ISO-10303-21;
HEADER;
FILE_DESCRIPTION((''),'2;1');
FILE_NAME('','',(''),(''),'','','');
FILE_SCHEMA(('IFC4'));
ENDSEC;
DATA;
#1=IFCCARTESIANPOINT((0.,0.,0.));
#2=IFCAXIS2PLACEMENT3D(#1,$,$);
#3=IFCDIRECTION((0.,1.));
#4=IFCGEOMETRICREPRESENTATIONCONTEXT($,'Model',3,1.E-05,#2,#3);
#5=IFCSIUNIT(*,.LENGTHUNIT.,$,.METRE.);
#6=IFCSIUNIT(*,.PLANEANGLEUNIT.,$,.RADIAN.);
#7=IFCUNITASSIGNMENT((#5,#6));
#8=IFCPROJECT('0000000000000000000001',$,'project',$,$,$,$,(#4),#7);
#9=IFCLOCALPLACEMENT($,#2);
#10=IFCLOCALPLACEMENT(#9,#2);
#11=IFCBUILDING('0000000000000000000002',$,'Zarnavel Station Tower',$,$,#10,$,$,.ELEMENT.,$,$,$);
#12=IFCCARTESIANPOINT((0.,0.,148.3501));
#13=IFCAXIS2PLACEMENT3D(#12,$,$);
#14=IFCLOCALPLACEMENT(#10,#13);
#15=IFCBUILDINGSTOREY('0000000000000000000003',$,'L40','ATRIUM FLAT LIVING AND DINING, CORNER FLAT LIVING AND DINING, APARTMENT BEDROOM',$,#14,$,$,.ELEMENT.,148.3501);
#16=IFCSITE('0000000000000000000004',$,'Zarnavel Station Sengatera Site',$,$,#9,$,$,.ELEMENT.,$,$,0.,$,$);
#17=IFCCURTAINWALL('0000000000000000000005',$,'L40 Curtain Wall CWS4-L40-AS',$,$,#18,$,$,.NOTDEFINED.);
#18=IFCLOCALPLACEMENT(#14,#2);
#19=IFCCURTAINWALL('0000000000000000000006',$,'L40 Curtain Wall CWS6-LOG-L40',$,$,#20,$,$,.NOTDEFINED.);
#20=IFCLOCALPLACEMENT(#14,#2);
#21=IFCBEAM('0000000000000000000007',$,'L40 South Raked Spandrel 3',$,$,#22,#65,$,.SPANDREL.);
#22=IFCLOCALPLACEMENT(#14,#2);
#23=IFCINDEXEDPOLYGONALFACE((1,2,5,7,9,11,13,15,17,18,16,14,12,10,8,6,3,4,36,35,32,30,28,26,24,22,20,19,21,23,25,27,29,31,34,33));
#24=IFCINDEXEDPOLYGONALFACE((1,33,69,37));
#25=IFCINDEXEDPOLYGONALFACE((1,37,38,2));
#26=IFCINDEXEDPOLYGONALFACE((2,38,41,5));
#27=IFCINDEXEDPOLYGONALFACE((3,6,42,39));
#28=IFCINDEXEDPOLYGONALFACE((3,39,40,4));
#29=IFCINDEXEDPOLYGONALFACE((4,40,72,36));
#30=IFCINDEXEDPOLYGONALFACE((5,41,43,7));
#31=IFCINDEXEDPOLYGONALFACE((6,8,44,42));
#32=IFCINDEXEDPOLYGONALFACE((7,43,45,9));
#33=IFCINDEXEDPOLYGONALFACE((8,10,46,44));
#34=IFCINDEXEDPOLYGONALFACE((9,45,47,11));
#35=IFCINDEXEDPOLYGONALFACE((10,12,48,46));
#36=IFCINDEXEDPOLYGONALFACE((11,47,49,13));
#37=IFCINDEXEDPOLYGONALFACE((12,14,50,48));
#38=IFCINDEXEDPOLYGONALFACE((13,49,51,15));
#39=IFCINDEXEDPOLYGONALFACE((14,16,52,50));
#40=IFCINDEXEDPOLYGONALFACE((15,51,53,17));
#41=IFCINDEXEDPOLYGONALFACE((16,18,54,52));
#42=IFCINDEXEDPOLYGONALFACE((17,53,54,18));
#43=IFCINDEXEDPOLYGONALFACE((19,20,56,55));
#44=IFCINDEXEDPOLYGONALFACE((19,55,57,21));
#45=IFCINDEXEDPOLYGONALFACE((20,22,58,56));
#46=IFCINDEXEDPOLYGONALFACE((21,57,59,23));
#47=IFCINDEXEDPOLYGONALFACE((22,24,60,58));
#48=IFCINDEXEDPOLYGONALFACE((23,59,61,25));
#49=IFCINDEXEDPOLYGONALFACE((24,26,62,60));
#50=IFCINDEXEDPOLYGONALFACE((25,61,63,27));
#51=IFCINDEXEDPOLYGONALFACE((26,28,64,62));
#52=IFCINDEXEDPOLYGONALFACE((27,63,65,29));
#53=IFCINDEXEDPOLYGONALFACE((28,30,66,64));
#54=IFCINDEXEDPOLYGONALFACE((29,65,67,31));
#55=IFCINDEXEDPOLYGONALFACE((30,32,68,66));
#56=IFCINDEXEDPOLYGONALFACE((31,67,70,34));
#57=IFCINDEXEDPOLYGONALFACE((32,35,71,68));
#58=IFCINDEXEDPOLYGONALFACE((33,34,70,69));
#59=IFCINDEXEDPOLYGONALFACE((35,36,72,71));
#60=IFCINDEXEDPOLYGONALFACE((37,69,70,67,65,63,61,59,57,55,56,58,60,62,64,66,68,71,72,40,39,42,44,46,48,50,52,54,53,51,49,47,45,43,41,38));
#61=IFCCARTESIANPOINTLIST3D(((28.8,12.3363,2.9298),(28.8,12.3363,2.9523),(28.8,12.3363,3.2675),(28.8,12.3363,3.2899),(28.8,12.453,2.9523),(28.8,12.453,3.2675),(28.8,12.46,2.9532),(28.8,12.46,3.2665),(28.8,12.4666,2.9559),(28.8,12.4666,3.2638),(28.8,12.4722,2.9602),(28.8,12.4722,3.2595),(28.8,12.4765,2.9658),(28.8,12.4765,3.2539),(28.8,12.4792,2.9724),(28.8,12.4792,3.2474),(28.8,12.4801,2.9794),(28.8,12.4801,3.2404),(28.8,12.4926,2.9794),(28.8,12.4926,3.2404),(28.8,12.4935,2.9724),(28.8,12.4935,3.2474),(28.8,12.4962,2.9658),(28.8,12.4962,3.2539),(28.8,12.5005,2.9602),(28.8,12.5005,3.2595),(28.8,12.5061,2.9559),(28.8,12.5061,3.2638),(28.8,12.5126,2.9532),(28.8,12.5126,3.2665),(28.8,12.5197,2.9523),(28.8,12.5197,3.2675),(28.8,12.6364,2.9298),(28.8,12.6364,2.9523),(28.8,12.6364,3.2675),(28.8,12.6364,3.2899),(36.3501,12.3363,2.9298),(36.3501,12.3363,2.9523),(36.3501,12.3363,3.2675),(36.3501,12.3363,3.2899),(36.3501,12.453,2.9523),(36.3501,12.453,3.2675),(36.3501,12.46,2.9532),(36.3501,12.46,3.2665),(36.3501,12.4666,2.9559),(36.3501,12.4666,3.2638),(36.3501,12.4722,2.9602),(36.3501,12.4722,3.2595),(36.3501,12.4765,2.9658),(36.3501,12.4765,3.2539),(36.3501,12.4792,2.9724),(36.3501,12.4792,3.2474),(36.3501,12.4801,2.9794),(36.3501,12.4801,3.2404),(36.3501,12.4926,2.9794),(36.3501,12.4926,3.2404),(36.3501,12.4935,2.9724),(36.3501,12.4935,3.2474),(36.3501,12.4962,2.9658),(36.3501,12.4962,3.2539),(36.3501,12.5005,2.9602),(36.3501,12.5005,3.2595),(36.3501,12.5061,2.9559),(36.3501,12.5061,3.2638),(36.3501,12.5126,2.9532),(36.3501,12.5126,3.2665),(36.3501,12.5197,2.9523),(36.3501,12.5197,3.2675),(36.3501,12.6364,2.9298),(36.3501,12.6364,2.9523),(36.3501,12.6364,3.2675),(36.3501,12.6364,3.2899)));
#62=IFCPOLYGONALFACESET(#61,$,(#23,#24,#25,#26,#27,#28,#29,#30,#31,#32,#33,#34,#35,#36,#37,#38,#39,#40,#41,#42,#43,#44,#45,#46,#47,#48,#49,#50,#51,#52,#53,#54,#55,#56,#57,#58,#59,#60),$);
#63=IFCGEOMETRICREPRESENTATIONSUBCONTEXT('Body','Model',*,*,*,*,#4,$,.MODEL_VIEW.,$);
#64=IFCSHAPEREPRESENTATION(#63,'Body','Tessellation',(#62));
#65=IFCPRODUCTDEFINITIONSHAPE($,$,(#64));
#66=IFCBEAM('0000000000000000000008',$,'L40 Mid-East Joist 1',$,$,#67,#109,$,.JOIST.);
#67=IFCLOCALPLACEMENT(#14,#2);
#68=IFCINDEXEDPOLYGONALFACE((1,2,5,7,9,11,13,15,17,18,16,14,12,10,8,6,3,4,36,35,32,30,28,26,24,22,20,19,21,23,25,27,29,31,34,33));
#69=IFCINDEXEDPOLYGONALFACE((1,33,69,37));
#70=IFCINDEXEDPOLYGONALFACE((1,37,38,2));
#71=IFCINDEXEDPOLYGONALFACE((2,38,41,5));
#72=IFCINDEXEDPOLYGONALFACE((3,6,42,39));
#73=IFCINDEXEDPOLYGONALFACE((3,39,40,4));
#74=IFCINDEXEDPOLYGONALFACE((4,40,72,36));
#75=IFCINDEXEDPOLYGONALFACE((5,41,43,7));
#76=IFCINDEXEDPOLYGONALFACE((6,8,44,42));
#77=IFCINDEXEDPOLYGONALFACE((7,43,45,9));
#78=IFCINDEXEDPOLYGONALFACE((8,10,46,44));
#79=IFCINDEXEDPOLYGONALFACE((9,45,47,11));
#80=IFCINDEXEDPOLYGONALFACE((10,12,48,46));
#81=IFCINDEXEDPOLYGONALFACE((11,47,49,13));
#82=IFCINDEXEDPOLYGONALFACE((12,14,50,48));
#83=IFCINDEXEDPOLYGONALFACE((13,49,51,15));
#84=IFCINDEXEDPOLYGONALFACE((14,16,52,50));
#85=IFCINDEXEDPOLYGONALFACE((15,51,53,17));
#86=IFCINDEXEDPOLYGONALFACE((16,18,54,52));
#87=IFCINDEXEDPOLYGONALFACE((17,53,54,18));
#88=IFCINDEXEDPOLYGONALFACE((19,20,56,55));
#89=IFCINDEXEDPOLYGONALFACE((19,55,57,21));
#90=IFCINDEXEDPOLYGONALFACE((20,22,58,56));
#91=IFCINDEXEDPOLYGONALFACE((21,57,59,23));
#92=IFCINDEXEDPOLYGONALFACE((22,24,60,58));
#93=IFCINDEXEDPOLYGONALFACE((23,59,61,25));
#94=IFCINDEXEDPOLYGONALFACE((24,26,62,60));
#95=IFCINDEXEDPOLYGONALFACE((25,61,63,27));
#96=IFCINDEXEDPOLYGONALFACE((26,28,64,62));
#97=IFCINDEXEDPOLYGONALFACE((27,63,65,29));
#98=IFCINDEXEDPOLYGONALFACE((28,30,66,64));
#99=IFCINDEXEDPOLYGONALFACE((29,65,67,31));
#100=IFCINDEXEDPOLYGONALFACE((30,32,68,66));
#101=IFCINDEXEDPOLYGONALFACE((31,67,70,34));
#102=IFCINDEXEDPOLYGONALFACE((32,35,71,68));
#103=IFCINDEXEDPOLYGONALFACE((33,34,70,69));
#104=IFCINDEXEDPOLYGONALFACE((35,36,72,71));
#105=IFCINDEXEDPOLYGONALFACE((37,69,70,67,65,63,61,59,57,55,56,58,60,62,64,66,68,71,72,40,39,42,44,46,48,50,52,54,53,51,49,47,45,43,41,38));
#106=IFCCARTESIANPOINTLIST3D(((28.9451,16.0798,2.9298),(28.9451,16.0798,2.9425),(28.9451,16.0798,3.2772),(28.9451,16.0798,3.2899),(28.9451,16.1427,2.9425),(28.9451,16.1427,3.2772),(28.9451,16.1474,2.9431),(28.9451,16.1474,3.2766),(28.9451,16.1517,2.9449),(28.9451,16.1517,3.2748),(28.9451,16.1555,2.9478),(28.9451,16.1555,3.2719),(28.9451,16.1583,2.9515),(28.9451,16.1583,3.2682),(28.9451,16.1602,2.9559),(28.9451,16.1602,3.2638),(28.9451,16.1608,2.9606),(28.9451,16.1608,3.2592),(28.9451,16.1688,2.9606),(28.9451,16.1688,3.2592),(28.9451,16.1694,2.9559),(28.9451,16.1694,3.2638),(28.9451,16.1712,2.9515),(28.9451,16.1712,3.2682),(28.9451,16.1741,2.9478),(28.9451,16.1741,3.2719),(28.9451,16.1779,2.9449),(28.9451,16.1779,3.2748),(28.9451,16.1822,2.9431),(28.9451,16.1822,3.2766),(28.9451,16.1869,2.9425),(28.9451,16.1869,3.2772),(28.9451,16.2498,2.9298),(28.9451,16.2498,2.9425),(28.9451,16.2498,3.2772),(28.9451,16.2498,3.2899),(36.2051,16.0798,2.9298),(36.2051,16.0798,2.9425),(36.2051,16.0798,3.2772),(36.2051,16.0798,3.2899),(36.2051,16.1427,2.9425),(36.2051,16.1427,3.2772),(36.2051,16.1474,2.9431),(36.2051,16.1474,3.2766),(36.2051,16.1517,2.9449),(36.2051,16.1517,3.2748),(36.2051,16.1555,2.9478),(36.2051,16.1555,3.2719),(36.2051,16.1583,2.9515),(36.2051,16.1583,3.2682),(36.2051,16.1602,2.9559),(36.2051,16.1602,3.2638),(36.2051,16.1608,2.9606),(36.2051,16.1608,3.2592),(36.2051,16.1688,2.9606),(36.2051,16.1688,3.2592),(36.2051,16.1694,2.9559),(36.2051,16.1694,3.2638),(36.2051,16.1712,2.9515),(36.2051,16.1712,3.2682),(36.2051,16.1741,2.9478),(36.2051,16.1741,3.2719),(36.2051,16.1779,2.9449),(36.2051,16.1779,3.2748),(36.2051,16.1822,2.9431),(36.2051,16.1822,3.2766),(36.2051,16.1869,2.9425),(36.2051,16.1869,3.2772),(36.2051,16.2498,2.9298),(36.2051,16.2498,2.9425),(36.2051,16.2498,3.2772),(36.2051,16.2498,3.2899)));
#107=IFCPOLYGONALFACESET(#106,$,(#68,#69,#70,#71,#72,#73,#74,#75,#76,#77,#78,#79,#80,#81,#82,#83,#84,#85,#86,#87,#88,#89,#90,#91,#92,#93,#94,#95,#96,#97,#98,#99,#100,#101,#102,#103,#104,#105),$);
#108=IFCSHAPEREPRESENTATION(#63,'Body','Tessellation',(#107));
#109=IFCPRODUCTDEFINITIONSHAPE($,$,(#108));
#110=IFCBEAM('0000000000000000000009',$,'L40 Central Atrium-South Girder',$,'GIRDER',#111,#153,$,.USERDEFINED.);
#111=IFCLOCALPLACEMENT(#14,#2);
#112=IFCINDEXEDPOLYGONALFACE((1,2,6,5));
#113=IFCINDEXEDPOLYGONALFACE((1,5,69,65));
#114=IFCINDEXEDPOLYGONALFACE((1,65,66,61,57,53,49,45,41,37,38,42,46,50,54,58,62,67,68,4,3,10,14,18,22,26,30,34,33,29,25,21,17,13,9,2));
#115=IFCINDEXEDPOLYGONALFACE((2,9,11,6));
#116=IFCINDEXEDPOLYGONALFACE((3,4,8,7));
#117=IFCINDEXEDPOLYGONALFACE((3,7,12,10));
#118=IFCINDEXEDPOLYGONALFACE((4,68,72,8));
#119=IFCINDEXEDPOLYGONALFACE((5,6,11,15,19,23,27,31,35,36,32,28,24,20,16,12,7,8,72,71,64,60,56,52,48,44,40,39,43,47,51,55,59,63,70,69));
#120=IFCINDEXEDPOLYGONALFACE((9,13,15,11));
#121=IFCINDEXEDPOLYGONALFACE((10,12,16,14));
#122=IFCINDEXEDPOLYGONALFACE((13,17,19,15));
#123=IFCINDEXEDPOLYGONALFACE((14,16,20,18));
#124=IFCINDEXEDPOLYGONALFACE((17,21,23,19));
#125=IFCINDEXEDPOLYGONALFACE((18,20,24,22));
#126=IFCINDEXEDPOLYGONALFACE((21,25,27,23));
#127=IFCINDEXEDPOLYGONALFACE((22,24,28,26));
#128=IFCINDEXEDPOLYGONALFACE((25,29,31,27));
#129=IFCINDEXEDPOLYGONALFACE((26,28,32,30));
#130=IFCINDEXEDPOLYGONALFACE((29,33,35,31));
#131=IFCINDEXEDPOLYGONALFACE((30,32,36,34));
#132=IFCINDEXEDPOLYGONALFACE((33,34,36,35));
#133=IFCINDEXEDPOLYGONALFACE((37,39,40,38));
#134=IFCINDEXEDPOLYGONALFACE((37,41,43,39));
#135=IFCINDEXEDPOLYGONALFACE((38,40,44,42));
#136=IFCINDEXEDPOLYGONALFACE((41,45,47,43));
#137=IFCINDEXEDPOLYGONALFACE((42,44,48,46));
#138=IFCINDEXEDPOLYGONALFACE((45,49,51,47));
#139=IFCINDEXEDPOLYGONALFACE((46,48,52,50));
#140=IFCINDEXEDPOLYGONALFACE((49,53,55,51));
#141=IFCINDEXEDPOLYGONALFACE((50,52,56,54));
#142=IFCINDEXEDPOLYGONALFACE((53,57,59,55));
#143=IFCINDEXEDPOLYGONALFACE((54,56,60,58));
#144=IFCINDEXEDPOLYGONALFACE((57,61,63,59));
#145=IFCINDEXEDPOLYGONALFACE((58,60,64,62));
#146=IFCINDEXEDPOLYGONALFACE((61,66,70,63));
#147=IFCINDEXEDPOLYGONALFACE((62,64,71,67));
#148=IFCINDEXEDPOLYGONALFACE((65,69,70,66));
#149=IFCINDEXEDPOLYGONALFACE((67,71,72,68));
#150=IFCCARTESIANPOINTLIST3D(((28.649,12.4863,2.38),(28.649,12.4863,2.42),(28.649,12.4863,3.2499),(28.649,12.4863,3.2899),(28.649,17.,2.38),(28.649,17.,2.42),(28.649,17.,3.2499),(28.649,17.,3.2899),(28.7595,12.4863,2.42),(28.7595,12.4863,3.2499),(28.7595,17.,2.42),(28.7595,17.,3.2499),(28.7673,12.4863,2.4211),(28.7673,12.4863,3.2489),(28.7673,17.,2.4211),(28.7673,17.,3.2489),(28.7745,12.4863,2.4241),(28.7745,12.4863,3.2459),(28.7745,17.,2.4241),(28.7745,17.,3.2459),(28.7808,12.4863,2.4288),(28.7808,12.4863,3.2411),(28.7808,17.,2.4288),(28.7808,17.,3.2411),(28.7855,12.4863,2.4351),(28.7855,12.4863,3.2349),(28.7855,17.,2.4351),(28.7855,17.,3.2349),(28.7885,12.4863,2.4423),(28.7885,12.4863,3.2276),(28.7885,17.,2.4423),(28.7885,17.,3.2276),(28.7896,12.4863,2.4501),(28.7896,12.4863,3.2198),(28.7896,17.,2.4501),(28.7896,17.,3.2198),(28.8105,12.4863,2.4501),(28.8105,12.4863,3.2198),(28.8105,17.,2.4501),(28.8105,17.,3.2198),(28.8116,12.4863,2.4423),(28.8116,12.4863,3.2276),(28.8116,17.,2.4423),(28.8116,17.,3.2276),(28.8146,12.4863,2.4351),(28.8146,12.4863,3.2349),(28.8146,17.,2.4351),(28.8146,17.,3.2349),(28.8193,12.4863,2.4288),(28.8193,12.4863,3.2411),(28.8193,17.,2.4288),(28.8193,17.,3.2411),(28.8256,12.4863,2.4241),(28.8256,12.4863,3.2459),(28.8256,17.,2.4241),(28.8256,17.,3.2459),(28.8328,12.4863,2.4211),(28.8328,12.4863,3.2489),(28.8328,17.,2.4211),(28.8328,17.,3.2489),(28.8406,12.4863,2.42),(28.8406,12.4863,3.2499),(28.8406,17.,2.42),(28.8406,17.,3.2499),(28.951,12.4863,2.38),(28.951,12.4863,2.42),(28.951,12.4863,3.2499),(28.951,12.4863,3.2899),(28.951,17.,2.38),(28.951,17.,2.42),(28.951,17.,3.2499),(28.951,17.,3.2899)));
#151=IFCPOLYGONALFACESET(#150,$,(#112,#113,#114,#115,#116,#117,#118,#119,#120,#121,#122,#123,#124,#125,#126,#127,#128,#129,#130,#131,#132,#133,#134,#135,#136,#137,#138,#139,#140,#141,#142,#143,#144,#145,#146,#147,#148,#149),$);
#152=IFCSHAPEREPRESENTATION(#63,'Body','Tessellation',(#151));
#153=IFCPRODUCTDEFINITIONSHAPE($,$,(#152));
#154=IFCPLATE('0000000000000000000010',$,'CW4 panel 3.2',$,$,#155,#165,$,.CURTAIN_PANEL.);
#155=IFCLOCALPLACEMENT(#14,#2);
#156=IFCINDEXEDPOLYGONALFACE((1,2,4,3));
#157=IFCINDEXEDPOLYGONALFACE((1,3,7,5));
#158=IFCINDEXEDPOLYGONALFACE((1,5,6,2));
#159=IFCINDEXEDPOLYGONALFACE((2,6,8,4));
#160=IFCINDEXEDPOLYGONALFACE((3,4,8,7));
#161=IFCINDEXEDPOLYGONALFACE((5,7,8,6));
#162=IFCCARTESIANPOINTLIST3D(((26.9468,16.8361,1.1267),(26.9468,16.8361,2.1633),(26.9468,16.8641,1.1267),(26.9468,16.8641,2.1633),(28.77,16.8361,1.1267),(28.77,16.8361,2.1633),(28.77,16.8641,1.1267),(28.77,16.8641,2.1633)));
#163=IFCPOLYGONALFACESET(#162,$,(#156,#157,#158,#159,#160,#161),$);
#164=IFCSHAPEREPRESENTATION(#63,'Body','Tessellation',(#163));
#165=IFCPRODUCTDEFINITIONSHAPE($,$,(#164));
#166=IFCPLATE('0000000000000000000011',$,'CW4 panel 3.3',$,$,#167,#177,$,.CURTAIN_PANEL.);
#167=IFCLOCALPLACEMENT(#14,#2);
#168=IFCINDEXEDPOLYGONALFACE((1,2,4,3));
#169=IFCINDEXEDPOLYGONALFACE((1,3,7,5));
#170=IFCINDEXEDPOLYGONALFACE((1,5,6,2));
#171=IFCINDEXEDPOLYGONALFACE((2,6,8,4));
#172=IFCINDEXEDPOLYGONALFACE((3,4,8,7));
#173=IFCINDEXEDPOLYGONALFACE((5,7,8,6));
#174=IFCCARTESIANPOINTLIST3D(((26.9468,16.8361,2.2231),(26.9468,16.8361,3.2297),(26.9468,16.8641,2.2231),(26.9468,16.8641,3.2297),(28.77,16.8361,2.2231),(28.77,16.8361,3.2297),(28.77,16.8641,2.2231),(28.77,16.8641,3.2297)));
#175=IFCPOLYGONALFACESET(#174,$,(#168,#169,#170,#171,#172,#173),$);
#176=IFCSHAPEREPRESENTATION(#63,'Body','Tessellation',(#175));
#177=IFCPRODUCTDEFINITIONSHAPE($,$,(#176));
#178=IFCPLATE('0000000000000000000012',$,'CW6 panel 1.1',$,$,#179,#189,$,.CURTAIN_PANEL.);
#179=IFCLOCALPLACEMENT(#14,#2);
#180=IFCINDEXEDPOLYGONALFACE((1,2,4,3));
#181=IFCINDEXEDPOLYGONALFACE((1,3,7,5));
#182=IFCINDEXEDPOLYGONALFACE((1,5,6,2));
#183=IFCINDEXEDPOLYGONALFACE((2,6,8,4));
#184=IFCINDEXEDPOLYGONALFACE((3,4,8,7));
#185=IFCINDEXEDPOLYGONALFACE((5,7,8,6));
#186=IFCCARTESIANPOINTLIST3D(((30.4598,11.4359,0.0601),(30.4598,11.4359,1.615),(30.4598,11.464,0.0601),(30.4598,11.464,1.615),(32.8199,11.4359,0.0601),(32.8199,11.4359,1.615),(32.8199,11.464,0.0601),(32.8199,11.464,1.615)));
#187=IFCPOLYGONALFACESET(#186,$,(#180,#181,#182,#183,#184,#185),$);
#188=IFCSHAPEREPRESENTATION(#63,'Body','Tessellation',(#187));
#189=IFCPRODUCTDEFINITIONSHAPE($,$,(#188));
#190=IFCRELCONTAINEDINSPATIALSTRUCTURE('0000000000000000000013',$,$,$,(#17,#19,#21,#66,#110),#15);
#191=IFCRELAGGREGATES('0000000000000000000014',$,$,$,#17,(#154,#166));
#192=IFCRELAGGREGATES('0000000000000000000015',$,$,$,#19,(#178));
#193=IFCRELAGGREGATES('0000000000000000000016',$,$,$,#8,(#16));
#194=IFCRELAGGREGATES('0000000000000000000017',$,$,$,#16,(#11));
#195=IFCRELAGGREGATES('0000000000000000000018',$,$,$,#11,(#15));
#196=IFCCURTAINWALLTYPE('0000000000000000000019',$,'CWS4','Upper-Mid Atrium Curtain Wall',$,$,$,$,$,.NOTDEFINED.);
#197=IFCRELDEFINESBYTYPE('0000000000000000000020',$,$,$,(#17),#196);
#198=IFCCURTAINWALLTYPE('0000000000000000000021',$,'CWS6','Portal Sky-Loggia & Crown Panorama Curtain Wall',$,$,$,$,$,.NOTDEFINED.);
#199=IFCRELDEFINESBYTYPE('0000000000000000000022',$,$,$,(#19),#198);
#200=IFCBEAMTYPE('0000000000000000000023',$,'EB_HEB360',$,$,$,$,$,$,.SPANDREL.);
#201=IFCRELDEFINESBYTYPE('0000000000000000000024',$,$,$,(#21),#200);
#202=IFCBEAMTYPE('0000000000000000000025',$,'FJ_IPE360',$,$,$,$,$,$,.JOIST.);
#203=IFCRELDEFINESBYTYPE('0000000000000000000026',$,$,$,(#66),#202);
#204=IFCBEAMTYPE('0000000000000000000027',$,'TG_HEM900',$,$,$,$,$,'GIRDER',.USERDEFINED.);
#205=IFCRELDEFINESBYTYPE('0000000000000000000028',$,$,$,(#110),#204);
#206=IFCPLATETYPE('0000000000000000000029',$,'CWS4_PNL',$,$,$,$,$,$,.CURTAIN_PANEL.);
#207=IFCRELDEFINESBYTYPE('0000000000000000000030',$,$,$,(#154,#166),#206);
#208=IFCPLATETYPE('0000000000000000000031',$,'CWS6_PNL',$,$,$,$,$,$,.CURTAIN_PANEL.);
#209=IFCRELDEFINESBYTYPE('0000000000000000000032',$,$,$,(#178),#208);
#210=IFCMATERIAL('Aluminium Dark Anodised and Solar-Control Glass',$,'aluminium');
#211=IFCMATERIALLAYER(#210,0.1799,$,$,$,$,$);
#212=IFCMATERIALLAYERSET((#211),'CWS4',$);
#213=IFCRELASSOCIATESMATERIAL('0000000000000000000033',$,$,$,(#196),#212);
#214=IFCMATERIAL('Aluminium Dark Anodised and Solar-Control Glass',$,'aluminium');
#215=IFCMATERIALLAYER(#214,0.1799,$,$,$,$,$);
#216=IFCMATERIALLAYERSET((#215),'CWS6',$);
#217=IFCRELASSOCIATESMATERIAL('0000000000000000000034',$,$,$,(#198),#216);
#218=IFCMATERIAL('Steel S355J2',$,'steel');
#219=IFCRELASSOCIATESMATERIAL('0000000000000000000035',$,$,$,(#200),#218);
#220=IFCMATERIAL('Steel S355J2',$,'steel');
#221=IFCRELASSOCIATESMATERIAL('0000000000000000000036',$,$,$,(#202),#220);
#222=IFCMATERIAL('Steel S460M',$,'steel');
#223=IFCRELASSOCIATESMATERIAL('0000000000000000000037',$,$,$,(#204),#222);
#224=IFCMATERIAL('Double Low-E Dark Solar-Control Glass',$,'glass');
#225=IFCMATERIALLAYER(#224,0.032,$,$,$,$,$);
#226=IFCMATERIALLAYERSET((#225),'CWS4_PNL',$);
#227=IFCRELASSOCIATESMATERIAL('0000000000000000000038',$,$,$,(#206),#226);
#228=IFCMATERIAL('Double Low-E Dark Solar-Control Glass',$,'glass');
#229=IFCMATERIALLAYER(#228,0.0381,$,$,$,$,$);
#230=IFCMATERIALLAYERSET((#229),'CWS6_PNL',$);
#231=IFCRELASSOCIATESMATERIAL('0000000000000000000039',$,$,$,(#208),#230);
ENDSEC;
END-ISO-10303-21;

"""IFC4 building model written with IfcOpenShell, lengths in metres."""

from ifc_helpers import new_model, si_unit, direction, frame, origin, origin_2d, place, context, subcontext, project, spatial, rectangle, i_section, extrude, material, layer, layer_set, material_profile, profile_set, type_object, element, aggregate, save


model = new_model("IFC4")

# Units and contexts
model_context = context("Model", 3, precision=1e-05, world=origin(), true_north=direction((0.0, 1.0)))
body_context = subcontext(model_context, "Body", "Model", "MODEL_VIEW")
ifc_project = project(units=[si_unit("LENGTHUNIT", "METRE"), si_unit("PLANEANGLEUNIT", "RADIAN")], contexts=[model_context])

# Site, building, storey
site_placement = place(None, origin())
site = spatial("IfcSite", under=ifc_project, at=site_placement, Name="Zarnavel Station Sengatera Site", CompositionType="ELEMENT", RefElevation=0.0)
building_placement = place(site_placement, origin())
building = spatial("IfcBuilding", under=site, at=building_placement, Name="Zarnavel Station Tower", CompositionType="ELEMENT")
storey_placement = place(building_placement, frame((0.0, 0.0, 148.3501)))
storey = spatial("IfcBuildingStorey", under=building, at=storey_placement, Name="L40", Description="ATRIUM FLAT LIVING AND DINING, CORNER FLAT LIVING AND DINING, APARTMENT BEDROOM", CompositionType="ELEMENT", Elevation=148.3501)

# Curtain wall
ifc_material_1 = material(Name="Aluminium Dark Anodised and Solar-Control Glass", Category="aluminium")
ifc_layer_1 = layer(ifc_material_1, 0.1799)
ifc_layer_set_1 = layer_set([ifc_layer_1], Name="CWS4")
curtain_wall_type_1 = type_object("IfcCurtainWallType", Name="CWS4", Description="Upper-Mid Atrium Curtain Wall", PredefinedType="NOTDEFINED", material=ifc_layer_set_1)
curtain_wall_1_placement = place(storey_placement, origin())
curtain_wall_1 = element("IfcCurtainWall", 1, at=curtain_wall_1_placement, inside=storey, type_object=curtain_wall_type_1, Name="L40 Curtain Wall CWS4-L40-AS", PredefinedType="NOTDEFINED")

# Curtain wall
ifc_material_2 = material(Name="Aluminium Dark Anodised and Solar-Control Glass", Category="aluminium")
ifc_layer_2 = layer(ifc_material_2, 0.1799)
ifc_layer_set_2 = layer_set([ifc_layer_2], Name="CWS6")
curtain_wall_type_2 = type_object("IfcCurtainWallType", Name="CWS6", Description="Portal Sky-Loggia & Crown Panorama Curtain Wall", PredefinedType="NOTDEFINED", material=ifc_layer_set_2)
curtain_wall_2_placement = place(storey_placement, origin())
curtain_wall_2 = element("IfcCurtainWall", 2, at=curtain_wall_2_placement, inside=storey, type_object=curtain_wall_type_2, Name="L40 Curtain Wall CWS6-LOG-L40", PredefinedType="NOTDEFINED")

# Beams
ifc_material_3 = material(Name="Steel S355J2", Category="steel")
ifc_material_profile_1 = material_profile(ifc_material_3, i_section(OverallWidth=0.3, OverallDepth=0.3601, WebThickness=0.0125, FlangeThickness=0.0225, FilletRadius=0.0271, at=origin_2d()), Name="HEB360")
ifc_profile_set_1 = profile_set([ifc_material_profile_1], Name="Steel S355J2")
beam_type_1 = type_object("IfcBeamType", Name="EB_HEB360", PredefinedType="SPANDREL", material=ifc_profile_set_1)
beam_1_placement = place(storey_placement, frame((28.8, 12.4863, 3.1099), z_axis=(1.0, 0.0, 0.0), x_axis=(0.0, 1.0, 0.0)))
element("IfcBeam", 3, at=beam_1_placement, inside=storey, type_object=beam_type_1, Name="L40 South Raked Spandrel 3", PredefinedType="SPANDREL", context=body_context, shape_type="SweptSolid", body=[
    extrude(i_section(OverallWidth=0.3, OverallDepth=0.3601, WebThickness=0.0125, FlangeThickness=0.0225, FilletRadius=0.0271, at=origin_2d()), origin(), (0.0, 0.0, 1.0), 7.55),
])
ifc_material_4 = material(Name="Steel S355J2", Category="steel")
ifc_material_profile_2 = material_profile(ifc_material_4, i_section(OverallWidth=0.1699, OverallDepth=0.3601, WebThickness=0.0081, FlangeThickness=0.0127, FilletRadius=0.0181, at=origin_2d()), Name="IPE360")
ifc_profile_set_2 = profile_set([ifc_material_profile_2], Name="Steel S355J2")
beam_type_2 = type_object("IfcBeamType", Name="FJ_IPE360", PredefinedType="JOIST", material=ifc_profile_set_2)
beam_2_placement = place(storey_placement, frame((28.9451, 16.1648, 3.1099), z_axis=(1.0, 0.0, 0.0), x_axis=(0.0, 1.0, 0.0)))
element("IfcBeam", 4, at=beam_2_placement, inside=storey, type_object=beam_type_2, Name="L40 Mid-East Joist 1", PredefinedType="JOIST", context=body_context, shape_type="SweptSolid", body=[
    extrude(i_section(OverallWidth=0.1699, OverallDepth=0.3601, WebThickness=0.0081, FlangeThickness=0.0127, FilletRadius=0.0181, at=origin_2d()), origin(), (0.0, 0.0, 1.0), 7.26),
])
ifc_material_5 = material(Name="Steel S460M", Category="steel")
ifc_material_profile_3 = material_profile(ifc_material_5, i_section(OverallWidth=0.302, OverallDepth=0.9099, WebThickness=0.021, FlangeThickness=0.04, FilletRadius=0.03, at=origin_2d()), Name="HEM900")
ifc_profile_set_3 = profile_set([ifc_material_profile_3], Name="Steel S460M")
beam_type_3 = type_object("IfcBeamType", Name="TG_HEM900", ElementType="GIRDER", PredefinedType="USERDEFINED", material=ifc_profile_set_3)
beam_3_placement = place(storey_placement, frame((28.8, 12.4863, 2.835), z_axis=(0.0, 1.0, 0.0), x_axis=(-1.0, 0.0, 0.0)))
element("IfcBeam", 5, at=beam_3_placement, inside=storey, type_object=beam_type_3, Name="L40 Central Atrium-South Girder", ObjectType="GIRDER", PredefinedType="USERDEFINED", context=body_context, shape_type="SweptSolid", body=[
    extrude(i_section(OverallWidth=0.302, OverallDepth=0.9099, WebThickness=0.021, FlangeThickness=0.04, FilletRadius=0.03, at=origin_2d()), origin(), (0.0, 0.0, 1.0), 4.5137),
])

# Plates
ifc_material_6 = material(Name="Double Low-E Dark Solar-Control Glass", Category="glass")
ifc_layer_3 = layer(ifc_material_6, 0.032)
ifc_layer_set_3 = layer_set([ifc_layer_3], Name="CWS4_PNL")
plate_type_1 = type_object("IfcPlateType", Name="CWS4_PNL", PredefinedType="CURTAIN_PANEL", material=ifc_layer_set_3)
plate_1_placement = place(storey_placement, frame((27.8584, 16.8501, 1.1267), z_axis=(0.0, 0.0, 1.0), x_axis=(1.0, 0.0, 0.0)))
plate_1 = element("IfcPlate", 6, at=plate_1_placement, type_object=plate_type_1, Name="CW4 panel 3.2", PredefinedType="CURTAIN_PANEL", context=body_context, shape_type="SweptSolid", body=[
    extrude(rectangle(XDim=1.8232, YDim=0.0281, at=origin_2d()), origin(), (0.0, 0.0, 1.0), 1.0366),
])
plate_2_placement = place(storey_placement, frame((27.8584, 16.8501, 2.2231), z_axis=(0.0, 0.0, 1.0), x_axis=(1.0, 0.0, 0.0)))
plate_2 = element("IfcPlate", 7, at=plate_2_placement, type_object=plate_type_1, Name="CW4 panel 3.3", PredefinedType="CURTAIN_PANEL", context=body_context, shape_type="SweptSolid", body=[
    extrude(rectangle(XDim=1.8232, YDim=0.0281, at=origin_2d()), origin(), (0.0, 0.0, 1.0), 1.0066),
])
aggregate(curtain_wall_1, [plate_1, plate_2])
ifc_material_7 = material(Name="Double Low-E Dark Solar-Control Glass", Category="glass")
ifc_layer_4 = layer(ifc_material_7, 0.0381)
ifc_layer_set_4 = layer_set([ifc_layer_4], Name="CWS6_PNL")
plate_type_2 = type_object("IfcPlateType", Name="CWS6_PNL", PredefinedType="CURTAIN_PANEL", material=ifc_layer_set_4)
plate_3_placement = place(storey_placement, frame((31.6399, 11.45, 0.0601), z_axis=(0.0, 0.0, 1.0), x_axis=(1.0, 0.0, 0.0)))
plate_3 = element("IfcPlate", 8, at=plate_3_placement, type_object=plate_type_2, Name="CW6 panel 1.1", PredefinedType="CURTAIN_PANEL", context=body_context, shape_type="SweptSolid", body=[
    extrude(rectangle(XDim=2.3601, YDim=0.0281, at=origin_2d()), origin(), (0.0, 0.0, 1.0), 1.5549),
])
aggregate(curtain_wall_2, [plate_3])

save(model, "model.ifc")
